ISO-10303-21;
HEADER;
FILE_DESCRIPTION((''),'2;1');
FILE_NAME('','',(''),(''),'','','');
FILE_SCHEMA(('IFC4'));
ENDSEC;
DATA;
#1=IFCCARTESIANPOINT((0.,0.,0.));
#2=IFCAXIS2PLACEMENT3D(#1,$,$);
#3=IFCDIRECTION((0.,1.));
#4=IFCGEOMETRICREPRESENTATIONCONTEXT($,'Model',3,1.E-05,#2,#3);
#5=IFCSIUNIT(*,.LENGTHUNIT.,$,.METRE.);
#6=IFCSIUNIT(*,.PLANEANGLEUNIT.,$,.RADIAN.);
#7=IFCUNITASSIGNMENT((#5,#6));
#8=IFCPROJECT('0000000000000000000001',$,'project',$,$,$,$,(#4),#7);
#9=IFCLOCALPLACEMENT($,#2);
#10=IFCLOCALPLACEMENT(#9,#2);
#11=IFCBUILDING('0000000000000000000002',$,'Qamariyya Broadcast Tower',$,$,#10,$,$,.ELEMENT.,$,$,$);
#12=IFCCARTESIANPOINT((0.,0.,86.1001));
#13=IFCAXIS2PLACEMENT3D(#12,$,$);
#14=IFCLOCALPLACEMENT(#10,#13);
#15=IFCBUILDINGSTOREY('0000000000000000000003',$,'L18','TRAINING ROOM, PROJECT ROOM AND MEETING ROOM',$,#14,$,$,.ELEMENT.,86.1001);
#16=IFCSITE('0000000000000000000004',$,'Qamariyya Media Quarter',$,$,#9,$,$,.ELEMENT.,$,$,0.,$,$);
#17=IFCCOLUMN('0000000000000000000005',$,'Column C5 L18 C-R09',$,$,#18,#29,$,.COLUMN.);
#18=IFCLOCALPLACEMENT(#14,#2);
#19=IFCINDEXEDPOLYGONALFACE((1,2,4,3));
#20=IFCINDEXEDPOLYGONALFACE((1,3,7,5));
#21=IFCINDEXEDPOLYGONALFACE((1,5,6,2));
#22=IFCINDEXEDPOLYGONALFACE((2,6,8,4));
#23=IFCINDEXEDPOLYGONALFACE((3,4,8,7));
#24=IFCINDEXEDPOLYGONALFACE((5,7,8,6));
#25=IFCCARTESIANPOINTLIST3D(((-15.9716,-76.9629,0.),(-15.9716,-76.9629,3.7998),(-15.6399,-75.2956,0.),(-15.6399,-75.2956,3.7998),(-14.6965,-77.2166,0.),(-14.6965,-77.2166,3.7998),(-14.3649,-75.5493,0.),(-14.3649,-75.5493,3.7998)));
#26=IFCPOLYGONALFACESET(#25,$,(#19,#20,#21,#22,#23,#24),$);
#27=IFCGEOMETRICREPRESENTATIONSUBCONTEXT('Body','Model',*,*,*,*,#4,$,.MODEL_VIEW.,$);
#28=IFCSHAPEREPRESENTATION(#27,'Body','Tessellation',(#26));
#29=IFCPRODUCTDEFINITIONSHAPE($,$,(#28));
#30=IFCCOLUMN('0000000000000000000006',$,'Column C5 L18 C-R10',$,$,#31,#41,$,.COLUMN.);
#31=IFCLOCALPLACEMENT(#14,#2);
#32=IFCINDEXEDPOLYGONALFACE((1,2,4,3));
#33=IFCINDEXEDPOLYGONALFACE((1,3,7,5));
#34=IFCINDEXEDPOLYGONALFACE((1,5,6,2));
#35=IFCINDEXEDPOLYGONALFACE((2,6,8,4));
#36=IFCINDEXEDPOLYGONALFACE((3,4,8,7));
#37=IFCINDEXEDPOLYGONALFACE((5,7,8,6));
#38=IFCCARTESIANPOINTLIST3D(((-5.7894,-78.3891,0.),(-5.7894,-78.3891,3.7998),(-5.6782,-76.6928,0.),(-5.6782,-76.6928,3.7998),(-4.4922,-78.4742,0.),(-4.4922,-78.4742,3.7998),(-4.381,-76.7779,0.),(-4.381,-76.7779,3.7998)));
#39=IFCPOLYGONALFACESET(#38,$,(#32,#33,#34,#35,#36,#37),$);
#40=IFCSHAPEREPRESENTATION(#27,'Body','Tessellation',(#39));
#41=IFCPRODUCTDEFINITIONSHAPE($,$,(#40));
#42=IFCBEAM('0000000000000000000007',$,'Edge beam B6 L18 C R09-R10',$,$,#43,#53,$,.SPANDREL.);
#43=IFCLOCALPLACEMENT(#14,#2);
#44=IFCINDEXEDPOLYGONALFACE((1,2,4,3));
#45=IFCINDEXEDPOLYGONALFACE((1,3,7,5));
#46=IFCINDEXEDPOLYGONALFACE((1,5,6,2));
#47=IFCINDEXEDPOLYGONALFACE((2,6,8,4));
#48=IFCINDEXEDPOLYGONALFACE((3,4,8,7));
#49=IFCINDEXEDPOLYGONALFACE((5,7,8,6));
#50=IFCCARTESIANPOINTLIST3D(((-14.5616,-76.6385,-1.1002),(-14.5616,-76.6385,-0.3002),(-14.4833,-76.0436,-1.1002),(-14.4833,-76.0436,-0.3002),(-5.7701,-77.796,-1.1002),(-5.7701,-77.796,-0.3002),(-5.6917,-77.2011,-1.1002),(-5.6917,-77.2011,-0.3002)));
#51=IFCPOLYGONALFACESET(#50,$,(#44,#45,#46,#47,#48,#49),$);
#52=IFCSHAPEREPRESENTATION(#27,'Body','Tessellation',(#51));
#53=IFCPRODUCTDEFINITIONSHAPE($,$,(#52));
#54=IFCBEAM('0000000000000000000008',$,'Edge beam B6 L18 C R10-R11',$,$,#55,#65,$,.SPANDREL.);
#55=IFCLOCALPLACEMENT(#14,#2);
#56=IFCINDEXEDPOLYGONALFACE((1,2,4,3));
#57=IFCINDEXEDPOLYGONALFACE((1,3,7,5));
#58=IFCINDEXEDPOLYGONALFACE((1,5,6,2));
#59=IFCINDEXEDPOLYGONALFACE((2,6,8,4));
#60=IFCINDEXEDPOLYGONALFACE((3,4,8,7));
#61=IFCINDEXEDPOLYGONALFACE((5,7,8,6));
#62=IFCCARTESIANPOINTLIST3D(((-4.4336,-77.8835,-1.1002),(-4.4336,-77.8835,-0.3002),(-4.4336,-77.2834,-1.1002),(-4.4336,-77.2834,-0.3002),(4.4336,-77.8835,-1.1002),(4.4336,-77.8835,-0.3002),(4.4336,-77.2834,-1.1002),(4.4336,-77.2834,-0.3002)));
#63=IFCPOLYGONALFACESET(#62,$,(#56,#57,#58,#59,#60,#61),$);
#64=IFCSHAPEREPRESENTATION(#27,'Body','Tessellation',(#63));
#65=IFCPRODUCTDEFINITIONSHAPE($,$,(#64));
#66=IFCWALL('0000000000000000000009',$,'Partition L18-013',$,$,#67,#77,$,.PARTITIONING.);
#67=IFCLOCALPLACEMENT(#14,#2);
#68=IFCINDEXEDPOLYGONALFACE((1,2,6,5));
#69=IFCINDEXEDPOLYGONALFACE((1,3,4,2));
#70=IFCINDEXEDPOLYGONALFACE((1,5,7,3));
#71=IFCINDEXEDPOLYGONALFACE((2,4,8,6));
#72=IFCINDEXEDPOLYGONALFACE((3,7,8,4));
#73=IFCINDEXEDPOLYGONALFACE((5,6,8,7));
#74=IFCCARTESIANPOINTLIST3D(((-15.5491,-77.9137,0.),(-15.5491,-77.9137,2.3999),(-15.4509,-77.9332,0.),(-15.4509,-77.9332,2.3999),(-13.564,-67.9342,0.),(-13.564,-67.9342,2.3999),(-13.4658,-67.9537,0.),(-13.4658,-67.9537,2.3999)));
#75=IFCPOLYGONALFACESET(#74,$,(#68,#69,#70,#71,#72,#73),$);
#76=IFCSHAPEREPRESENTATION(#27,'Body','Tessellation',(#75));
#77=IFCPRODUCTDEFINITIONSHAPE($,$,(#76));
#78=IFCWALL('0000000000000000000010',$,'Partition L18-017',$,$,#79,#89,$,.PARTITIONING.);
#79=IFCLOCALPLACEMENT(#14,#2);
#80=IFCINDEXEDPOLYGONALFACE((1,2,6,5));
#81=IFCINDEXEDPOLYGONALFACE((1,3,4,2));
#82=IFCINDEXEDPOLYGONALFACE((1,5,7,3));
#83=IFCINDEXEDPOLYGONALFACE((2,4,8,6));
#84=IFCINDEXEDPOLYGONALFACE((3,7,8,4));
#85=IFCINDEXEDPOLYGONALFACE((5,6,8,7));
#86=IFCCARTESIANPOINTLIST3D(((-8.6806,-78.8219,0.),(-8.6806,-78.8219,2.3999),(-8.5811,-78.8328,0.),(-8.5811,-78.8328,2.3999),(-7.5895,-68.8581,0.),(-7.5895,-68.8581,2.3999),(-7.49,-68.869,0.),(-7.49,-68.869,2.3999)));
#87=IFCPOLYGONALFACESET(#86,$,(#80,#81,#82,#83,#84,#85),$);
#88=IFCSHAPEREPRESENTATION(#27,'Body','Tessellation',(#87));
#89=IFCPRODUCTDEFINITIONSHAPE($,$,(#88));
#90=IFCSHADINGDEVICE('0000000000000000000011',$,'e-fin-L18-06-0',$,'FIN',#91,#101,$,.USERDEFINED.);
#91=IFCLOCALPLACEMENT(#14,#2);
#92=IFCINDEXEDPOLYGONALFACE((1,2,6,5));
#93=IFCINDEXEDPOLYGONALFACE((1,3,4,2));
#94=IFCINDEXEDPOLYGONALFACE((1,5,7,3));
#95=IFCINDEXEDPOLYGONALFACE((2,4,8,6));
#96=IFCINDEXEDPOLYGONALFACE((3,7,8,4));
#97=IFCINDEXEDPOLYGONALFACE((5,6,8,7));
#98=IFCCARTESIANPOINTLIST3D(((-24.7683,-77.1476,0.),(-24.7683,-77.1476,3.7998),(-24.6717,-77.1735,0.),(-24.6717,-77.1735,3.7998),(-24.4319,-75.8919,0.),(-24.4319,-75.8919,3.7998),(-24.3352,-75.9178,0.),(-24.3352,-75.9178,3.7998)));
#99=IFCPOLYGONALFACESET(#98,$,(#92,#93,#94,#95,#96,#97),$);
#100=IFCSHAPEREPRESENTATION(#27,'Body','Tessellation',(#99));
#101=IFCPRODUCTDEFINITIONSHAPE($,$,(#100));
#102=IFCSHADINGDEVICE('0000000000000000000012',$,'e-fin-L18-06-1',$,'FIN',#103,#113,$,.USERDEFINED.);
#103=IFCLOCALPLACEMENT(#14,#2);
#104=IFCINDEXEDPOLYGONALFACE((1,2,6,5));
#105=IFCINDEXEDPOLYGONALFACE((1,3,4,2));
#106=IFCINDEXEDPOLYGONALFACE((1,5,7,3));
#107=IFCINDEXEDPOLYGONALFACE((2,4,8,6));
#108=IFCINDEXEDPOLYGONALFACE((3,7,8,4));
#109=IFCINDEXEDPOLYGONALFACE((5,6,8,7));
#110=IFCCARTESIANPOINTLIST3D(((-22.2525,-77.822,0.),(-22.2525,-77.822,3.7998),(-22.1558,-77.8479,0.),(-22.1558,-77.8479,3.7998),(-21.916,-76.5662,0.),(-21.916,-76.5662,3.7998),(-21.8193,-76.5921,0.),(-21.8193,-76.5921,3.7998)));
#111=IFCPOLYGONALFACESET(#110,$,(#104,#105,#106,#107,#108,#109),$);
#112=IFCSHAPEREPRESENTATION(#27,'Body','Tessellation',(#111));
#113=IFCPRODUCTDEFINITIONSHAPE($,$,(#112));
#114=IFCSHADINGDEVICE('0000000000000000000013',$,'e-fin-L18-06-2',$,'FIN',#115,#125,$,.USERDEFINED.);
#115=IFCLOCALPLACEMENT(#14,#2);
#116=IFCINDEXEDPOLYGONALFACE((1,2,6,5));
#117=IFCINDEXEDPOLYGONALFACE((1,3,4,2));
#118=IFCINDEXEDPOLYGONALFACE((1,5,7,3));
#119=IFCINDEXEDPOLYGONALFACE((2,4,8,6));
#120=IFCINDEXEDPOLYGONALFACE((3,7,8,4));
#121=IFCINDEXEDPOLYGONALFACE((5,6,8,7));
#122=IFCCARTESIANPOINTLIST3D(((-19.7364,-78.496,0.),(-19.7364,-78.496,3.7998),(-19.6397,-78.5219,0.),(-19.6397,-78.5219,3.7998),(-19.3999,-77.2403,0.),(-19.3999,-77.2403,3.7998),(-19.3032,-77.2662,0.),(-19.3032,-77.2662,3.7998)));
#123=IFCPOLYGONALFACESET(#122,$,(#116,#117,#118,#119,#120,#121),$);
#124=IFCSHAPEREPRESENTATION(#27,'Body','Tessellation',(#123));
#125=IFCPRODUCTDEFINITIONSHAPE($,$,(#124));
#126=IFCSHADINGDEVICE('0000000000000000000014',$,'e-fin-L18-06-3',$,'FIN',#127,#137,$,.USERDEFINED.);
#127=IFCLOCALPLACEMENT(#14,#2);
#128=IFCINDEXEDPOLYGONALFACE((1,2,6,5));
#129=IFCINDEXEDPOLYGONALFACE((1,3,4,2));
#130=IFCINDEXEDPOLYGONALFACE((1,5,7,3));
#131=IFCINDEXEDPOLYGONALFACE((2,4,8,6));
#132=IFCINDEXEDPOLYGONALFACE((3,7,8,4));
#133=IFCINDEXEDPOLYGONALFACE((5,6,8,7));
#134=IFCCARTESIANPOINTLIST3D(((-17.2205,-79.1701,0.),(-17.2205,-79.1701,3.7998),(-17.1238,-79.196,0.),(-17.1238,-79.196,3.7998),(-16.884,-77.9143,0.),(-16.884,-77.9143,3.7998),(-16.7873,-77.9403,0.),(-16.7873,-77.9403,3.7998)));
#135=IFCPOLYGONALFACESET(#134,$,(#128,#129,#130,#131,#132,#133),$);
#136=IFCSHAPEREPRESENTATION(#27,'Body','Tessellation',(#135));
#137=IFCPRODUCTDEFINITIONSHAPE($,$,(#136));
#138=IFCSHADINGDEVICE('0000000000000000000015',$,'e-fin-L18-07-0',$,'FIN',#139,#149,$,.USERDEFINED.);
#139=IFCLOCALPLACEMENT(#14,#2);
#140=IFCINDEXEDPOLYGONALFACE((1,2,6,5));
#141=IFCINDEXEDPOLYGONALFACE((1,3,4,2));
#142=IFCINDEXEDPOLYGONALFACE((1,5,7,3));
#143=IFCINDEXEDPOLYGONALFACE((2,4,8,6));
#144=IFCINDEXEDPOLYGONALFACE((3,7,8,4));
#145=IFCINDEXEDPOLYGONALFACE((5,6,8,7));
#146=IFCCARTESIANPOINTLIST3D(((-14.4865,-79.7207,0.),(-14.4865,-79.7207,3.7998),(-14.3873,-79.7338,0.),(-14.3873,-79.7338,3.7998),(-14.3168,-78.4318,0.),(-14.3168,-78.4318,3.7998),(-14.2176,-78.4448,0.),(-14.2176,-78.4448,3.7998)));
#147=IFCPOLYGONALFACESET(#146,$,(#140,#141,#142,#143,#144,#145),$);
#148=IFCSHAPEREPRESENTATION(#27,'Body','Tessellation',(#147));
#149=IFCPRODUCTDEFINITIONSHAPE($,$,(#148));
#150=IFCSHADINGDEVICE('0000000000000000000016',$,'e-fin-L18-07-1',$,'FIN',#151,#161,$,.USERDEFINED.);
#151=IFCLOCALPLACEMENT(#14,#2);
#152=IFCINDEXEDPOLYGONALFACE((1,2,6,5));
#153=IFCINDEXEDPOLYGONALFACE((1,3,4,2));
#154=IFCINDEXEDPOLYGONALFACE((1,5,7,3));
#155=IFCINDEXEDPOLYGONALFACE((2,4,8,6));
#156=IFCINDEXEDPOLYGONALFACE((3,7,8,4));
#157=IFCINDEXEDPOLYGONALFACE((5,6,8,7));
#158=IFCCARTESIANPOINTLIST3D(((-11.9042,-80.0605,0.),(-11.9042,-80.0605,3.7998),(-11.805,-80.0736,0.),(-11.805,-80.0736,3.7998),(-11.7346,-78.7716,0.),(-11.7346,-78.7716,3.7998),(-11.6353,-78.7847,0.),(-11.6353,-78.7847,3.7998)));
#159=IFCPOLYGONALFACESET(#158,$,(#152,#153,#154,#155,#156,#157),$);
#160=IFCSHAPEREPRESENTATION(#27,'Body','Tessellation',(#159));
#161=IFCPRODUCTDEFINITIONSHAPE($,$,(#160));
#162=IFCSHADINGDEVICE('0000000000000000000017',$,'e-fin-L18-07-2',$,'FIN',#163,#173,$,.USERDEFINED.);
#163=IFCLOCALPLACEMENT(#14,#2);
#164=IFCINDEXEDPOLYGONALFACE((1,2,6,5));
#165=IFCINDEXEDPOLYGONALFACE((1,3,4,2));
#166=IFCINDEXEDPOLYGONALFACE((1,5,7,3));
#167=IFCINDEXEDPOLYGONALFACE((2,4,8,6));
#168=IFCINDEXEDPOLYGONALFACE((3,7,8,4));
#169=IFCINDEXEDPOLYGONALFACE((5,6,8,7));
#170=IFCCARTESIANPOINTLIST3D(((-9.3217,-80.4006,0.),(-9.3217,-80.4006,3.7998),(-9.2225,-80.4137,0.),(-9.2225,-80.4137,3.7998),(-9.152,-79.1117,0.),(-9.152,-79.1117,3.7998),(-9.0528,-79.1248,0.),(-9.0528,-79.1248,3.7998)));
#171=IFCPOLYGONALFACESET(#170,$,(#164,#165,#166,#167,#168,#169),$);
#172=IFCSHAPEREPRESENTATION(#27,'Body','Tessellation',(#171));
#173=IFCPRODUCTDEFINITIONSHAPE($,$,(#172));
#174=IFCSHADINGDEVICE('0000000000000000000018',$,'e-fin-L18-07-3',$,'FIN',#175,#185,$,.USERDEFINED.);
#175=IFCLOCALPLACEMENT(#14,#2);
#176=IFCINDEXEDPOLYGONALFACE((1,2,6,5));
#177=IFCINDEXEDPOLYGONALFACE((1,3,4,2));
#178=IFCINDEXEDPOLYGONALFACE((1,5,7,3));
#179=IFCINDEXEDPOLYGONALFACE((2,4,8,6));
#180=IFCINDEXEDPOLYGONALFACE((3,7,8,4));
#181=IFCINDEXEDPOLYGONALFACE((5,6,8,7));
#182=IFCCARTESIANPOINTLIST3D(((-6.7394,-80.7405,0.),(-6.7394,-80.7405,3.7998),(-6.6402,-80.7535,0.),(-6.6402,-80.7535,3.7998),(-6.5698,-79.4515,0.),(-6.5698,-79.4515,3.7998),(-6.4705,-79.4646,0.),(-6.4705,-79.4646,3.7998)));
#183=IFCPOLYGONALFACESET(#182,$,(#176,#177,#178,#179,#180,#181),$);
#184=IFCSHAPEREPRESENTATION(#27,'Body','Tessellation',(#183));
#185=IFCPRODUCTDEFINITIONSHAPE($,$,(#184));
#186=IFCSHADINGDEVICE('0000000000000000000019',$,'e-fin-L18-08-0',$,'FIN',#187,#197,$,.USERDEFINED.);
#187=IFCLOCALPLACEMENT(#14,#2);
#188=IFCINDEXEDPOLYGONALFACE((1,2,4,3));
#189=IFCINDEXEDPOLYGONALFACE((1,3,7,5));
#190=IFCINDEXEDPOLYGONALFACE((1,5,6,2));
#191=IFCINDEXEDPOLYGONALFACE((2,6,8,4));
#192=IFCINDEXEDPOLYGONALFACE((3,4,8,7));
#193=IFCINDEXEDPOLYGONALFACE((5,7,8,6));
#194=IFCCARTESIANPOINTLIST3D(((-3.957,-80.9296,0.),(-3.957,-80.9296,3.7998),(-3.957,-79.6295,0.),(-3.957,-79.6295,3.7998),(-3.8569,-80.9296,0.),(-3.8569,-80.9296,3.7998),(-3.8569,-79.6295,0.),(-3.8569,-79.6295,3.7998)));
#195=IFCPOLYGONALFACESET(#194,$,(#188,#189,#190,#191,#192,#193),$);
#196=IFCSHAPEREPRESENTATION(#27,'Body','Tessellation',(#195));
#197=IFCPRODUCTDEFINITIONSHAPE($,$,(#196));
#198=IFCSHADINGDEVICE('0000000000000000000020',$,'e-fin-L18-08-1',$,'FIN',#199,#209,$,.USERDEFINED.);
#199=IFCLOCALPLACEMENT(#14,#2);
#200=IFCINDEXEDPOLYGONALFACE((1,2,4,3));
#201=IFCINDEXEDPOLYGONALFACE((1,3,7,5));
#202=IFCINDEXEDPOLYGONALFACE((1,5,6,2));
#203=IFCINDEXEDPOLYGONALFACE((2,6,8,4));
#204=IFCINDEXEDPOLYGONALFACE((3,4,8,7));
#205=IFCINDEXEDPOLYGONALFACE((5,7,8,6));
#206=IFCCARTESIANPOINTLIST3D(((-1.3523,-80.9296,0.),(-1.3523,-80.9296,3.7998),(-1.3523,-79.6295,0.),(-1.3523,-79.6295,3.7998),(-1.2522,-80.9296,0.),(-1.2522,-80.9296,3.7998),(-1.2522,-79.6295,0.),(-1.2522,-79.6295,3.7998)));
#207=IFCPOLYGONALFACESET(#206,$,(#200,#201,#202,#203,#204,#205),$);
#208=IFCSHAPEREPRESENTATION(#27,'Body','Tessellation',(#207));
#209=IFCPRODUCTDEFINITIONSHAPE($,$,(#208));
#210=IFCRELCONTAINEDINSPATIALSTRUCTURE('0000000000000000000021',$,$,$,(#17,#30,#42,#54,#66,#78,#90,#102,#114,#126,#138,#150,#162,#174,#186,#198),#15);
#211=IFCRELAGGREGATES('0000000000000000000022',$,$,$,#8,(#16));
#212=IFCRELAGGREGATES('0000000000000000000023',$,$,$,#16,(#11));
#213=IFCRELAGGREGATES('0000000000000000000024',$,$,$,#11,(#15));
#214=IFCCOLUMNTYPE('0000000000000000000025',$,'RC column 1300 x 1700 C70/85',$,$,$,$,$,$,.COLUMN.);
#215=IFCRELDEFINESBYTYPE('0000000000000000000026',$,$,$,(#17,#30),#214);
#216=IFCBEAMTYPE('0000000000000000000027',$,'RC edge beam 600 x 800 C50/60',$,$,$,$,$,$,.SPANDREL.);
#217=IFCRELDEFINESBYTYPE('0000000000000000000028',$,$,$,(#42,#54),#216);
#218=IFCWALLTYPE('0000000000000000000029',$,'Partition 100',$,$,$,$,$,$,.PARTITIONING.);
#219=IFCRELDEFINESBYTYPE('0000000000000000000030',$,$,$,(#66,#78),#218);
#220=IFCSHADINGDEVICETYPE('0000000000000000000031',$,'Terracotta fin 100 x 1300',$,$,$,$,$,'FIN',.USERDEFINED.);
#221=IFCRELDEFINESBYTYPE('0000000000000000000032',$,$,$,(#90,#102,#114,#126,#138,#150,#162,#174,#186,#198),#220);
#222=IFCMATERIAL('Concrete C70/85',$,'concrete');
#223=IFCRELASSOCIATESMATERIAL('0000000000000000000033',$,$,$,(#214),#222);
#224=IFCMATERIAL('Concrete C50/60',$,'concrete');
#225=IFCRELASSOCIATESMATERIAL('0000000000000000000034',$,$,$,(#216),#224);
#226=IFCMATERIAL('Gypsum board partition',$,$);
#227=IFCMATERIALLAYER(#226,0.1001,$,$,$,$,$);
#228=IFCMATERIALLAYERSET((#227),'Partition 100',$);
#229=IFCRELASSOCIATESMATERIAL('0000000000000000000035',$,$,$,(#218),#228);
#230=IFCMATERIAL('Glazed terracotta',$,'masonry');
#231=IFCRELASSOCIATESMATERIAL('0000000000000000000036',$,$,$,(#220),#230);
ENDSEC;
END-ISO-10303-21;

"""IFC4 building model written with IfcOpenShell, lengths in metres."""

from ifc_helpers import new_model, si_unit, direction, frame, frame_2d, origin, origin_2d, place, context, subcontext, project, spatial, rectangle, extrude, material, layer, layer_set, material_profile, profile_set, type_object, element, save


model = new_model("IFC4")

# Units and contexts
model_context = context("Model", 3, precision=1e-05, world=origin(), true_north=direction((0.0, 1.0)))
body_context = subcontext(model_context, "Body", "Model", "MODEL_VIEW")
ifc_project = project(units=[si_unit("LENGTHUNIT", "METRE"), si_unit("PLANEANGLEUNIT", "RADIAN")], contexts=[model_context])

# Site, building, storey
site_placement = place(None, origin())
site = spatial("IfcSite", under=ifc_project, at=site_placement, Name="Qamariyya Media Quarter", CompositionType="ELEMENT", RefElevation=0.0)
building_placement = place(site_placement, origin())
building = spatial("IfcBuilding", under=site, at=building_placement, Name="Qamariyya Broadcast Tower", CompositionType="ELEMENT")
storey_placement = place(building_placement, frame((0.0, 0.0, 86.1001)))
storey = spatial("IfcBuildingStorey", under=building, at=storey_placement, Name="L18", Description="TRAINING ROOM, PROJECT ROOM AND MEETING ROOM", CompositionType="ELEMENT", Elevation=86.1001)

# Columns
ifc_material_1 = material(Name="Concrete C70/85", Category="concrete")
ifc_material_profile_1 = material_profile(ifc_material_1, rectangle(XDim=1.3, YDim=1.7, at=origin_2d()))
ifc_profile_set_1 = profile_set([ifc_material_profile_1], Name="Concrete C70/85")
column_type = type_object("IfcColumnType", Name="RC column 1300 x 1700 C70/85", PredefinedType="COLUMN", material=ifc_profile_set_1)
for number, where, z_axis, x_axis, name in (
    (1, (-15.1682, -76.2561, 0.0), (0.0, 0.0, 1.0), (0.980785, -0.19509, 0.0), "Column C5 L18 C-R09"),
    (2, (-5.0852, -77.5835, 0.0), (0.0, 0.0, 1.0), (0.997859, -0.065403, 0.0), "Column C5 L18 C-R10"),
):
    element("IfcColumn", number, at=place(storey_placement, frame(where, z_axis=z_axis, x_axis=x_axis)), inside=storey, type_object=column_type, Name=name, PredefinedType="COLUMN", context=body_context, shape_type="SweptSolid", body=[
        extrude(rectangle(XDim=1.3, YDim=1.7, at=origin_2d()), origin(), (0.0, 0.0, 1.0), 3.7998),
    ])

# Beams
ifc_material_2 = material(Name="Concrete C50/60", Category="concrete")
ifc_material_profile_2 = material_profile(ifc_material_2, rectangle(XDim=0.6001, YDim=0.8, at=origin_2d()))
ifc_profile_set_2 = profile_set([ifc_material_profile_2], Name="Concrete C50/60")
beam_type = type_object("IfcBeamType", Name="RC edge beam 600 x 800 C50/60", PredefinedType="SPANDREL", material=ifc_profile_set_2)
beam_1_placement = place(storey_placement, frame((-14.5225, -76.3411, -0.7002), z_axis=(0.991444, -0.130531, 0.0), x_axis=(0.130531, 0.991444, 0.0)))
element("IfcBeam", 3, at=beam_1_placement, inside=storey, type_object=beam_type, Name="Edge beam B6 L18 C R09-R10", PredefinedType="SPANDREL", context=body_context, shape_type="SweptSolid", body=[
    extrude(rectangle(XDim=0.6001, YDim=0.8, at=origin_2d()), origin(), (0.0, 0.0, 1.0), 8.8674),
])
beam_2_placement = place(storey_placement, frame((-4.4336, -77.5835, -0.7002), z_axis=(1.0, 0.0, 0.0), x_axis=(0.0, 1.0, 0.0)))
element("IfcBeam", 4, at=beam_2_placement, inside=storey, type_object=beam_type, Name="Edge beam B6 L18 C R10-R11", PredefinedType="SPANDREL", context=body_context, shape_type="SweptSolid", body=[
    extrude(rectangle(XDim=0.6001, YDim=0.8, at=origin_2d()), origin(), (0.0, 0.0, 1.0), 8.8672),
])

# Walls
ifc_material_3 = material(Name="Gypsum board partition")
ifc_layer = layer(ifc_material_3, 0.1001)
ifc_layer_set = layer_set([ifc_layer], Name="Partition 100")
wall_type = type_object("IfcWallType", Name="Partition 100", PredefinedType="PARTITIONING", material=ifc_layer_set)
wall_1_placement = place(storey_placement, frame((-15.5, -77.9233, 0.0), z_axis=(0.0, 0.0, 1.0), x_axis=(0.195096, 0.980784, 0.0)))
element("IfcWall", 5, at=wall_1_placement, inside=storey, type_object=wall_type, Name="Partition L18-013", PredefinedType="PARTITIONING", context=body_context, shape_type="SweptSolid", body=[
    extrude(rectangle(XDim=10.175, YDim=0.1001, at=frame_2d((5.0874, 0.0))), origin(), (0.0, 0.0, 1.0), 2.3999),
])
wall_2_placement = place(storey_placement, frame((-8.6309, -78.8274, 0.0), z_axis=(0.0, 0.0, 1.0), x_axis=(0.108851, 0.994058, 0.0)))
element("IfcWall", 6, at=wall_2_placement, inside=storey, type_object=wall_type, Name="Partition L18-017", PredefinedType="PARTITIONING", context=body_context, shape_type="SweptSolid", body=[
    extrude(rectangle(XDim=10.0234, YDim=0.1001, at=frame_2d((5.0117, 0.0))), origin(), (0.0, 0.0, 1.0), 2.3999),
])

# Shading devices
ifc_material_4 = material(Name="Glazed terracotta", Category="masonry")
ifc_material_profile_3 = material_profile(ifc_material_4, rectangle(XDim=1.3, YDim=0.1001, at=origin_2d()))
ifc_profile_set_3 = profile_set([ifc_material_profile_3], Name="Glazed terracotta")
shading_device_type_1 = type_object("IfcShadingDeviceType", Name="Terracotta fin 100 x 1300", ElementType="FIN", PredefinedType="USERDEFINED", material=ifc_profile_set_3)
for number, where, z_axis, x_axis, name in (
    (7, (-24.5518, -76.5327, 0.0), (0.0, 0.0, 1.0), (-0.258819, -0.965926, 0.0), "e-fin-L18-06-0"),
    (8, (-22.0359, -77.207, 0.0), (0.0, 0.0, 1.0), (-0.258819, -0.965926, 0.0), "e-fin-L18-06-1"),
    (9, (-19.5198, -77.8811, 0.0), (0.0, 0.0, 1.0), (-0.258819, -0.965926, 0.0), "e-fin-L18-06-2"),
    (10, (-17.0039, -78.5552, 0.0), (0.0, 0.0, 1.0), (-0.258819, -0.965926, 0.0), "e-fin-L18-06-3"),
    (11, (-14.3521, -79.0828, 0.0), (0.0, 0.0, 1.0), (-0.130526, -0.991445, 0.0), "e-fin-L18-07-0"),
    (12, (-11.7698, -79.4226, 0.0), (0.0, 0.0, 1.0), (-0.130526, -0.991445, 0.0), "e-fin-L18-07-1"),
    (13, (-9.1873, -79.7627, 0.0), (0.0, 0.0, 1.0), (-0.130526, -0.991445, 0.0), "e-fin-L18-07-2"),
    (14, (-6.605, -80.1025, 0.0), (0.0, 0.0, 1.0), (-0.130526, -0.991445, 0.0), "e-fin-L18-07-3"),
    (15, (-3.907, -80.2795, 0.0), (0.0, 0.0, 1.0), (0.0, -1.0, 0.0), "e-fin-L18-08-0"),
    (16, (-1.3022, -80.2795, 0.0), (0.0, 0.0, 1.0), (0.0, -1.0, 0.0), "e-fin-L18-08-1"),
):
    element("IfcShadingDevice", number, at=place(storey_placement, frame(where, z_axis=z_axis, x_axis=x_axis)), inside=storey, type_object=shading_device_type_1, Name=name, ObjectType="FIN", PredefinedType="USERDEFINED", context=body_context, shape_type="SweptSolid", body=[
        extrude(rectangle(XDim=1.3, YDim=0.1001, at=origin_2d()), origin(), (0.0, 0.0, 1.0), 3.7998),
    ])

save(model, "model.ifc")
